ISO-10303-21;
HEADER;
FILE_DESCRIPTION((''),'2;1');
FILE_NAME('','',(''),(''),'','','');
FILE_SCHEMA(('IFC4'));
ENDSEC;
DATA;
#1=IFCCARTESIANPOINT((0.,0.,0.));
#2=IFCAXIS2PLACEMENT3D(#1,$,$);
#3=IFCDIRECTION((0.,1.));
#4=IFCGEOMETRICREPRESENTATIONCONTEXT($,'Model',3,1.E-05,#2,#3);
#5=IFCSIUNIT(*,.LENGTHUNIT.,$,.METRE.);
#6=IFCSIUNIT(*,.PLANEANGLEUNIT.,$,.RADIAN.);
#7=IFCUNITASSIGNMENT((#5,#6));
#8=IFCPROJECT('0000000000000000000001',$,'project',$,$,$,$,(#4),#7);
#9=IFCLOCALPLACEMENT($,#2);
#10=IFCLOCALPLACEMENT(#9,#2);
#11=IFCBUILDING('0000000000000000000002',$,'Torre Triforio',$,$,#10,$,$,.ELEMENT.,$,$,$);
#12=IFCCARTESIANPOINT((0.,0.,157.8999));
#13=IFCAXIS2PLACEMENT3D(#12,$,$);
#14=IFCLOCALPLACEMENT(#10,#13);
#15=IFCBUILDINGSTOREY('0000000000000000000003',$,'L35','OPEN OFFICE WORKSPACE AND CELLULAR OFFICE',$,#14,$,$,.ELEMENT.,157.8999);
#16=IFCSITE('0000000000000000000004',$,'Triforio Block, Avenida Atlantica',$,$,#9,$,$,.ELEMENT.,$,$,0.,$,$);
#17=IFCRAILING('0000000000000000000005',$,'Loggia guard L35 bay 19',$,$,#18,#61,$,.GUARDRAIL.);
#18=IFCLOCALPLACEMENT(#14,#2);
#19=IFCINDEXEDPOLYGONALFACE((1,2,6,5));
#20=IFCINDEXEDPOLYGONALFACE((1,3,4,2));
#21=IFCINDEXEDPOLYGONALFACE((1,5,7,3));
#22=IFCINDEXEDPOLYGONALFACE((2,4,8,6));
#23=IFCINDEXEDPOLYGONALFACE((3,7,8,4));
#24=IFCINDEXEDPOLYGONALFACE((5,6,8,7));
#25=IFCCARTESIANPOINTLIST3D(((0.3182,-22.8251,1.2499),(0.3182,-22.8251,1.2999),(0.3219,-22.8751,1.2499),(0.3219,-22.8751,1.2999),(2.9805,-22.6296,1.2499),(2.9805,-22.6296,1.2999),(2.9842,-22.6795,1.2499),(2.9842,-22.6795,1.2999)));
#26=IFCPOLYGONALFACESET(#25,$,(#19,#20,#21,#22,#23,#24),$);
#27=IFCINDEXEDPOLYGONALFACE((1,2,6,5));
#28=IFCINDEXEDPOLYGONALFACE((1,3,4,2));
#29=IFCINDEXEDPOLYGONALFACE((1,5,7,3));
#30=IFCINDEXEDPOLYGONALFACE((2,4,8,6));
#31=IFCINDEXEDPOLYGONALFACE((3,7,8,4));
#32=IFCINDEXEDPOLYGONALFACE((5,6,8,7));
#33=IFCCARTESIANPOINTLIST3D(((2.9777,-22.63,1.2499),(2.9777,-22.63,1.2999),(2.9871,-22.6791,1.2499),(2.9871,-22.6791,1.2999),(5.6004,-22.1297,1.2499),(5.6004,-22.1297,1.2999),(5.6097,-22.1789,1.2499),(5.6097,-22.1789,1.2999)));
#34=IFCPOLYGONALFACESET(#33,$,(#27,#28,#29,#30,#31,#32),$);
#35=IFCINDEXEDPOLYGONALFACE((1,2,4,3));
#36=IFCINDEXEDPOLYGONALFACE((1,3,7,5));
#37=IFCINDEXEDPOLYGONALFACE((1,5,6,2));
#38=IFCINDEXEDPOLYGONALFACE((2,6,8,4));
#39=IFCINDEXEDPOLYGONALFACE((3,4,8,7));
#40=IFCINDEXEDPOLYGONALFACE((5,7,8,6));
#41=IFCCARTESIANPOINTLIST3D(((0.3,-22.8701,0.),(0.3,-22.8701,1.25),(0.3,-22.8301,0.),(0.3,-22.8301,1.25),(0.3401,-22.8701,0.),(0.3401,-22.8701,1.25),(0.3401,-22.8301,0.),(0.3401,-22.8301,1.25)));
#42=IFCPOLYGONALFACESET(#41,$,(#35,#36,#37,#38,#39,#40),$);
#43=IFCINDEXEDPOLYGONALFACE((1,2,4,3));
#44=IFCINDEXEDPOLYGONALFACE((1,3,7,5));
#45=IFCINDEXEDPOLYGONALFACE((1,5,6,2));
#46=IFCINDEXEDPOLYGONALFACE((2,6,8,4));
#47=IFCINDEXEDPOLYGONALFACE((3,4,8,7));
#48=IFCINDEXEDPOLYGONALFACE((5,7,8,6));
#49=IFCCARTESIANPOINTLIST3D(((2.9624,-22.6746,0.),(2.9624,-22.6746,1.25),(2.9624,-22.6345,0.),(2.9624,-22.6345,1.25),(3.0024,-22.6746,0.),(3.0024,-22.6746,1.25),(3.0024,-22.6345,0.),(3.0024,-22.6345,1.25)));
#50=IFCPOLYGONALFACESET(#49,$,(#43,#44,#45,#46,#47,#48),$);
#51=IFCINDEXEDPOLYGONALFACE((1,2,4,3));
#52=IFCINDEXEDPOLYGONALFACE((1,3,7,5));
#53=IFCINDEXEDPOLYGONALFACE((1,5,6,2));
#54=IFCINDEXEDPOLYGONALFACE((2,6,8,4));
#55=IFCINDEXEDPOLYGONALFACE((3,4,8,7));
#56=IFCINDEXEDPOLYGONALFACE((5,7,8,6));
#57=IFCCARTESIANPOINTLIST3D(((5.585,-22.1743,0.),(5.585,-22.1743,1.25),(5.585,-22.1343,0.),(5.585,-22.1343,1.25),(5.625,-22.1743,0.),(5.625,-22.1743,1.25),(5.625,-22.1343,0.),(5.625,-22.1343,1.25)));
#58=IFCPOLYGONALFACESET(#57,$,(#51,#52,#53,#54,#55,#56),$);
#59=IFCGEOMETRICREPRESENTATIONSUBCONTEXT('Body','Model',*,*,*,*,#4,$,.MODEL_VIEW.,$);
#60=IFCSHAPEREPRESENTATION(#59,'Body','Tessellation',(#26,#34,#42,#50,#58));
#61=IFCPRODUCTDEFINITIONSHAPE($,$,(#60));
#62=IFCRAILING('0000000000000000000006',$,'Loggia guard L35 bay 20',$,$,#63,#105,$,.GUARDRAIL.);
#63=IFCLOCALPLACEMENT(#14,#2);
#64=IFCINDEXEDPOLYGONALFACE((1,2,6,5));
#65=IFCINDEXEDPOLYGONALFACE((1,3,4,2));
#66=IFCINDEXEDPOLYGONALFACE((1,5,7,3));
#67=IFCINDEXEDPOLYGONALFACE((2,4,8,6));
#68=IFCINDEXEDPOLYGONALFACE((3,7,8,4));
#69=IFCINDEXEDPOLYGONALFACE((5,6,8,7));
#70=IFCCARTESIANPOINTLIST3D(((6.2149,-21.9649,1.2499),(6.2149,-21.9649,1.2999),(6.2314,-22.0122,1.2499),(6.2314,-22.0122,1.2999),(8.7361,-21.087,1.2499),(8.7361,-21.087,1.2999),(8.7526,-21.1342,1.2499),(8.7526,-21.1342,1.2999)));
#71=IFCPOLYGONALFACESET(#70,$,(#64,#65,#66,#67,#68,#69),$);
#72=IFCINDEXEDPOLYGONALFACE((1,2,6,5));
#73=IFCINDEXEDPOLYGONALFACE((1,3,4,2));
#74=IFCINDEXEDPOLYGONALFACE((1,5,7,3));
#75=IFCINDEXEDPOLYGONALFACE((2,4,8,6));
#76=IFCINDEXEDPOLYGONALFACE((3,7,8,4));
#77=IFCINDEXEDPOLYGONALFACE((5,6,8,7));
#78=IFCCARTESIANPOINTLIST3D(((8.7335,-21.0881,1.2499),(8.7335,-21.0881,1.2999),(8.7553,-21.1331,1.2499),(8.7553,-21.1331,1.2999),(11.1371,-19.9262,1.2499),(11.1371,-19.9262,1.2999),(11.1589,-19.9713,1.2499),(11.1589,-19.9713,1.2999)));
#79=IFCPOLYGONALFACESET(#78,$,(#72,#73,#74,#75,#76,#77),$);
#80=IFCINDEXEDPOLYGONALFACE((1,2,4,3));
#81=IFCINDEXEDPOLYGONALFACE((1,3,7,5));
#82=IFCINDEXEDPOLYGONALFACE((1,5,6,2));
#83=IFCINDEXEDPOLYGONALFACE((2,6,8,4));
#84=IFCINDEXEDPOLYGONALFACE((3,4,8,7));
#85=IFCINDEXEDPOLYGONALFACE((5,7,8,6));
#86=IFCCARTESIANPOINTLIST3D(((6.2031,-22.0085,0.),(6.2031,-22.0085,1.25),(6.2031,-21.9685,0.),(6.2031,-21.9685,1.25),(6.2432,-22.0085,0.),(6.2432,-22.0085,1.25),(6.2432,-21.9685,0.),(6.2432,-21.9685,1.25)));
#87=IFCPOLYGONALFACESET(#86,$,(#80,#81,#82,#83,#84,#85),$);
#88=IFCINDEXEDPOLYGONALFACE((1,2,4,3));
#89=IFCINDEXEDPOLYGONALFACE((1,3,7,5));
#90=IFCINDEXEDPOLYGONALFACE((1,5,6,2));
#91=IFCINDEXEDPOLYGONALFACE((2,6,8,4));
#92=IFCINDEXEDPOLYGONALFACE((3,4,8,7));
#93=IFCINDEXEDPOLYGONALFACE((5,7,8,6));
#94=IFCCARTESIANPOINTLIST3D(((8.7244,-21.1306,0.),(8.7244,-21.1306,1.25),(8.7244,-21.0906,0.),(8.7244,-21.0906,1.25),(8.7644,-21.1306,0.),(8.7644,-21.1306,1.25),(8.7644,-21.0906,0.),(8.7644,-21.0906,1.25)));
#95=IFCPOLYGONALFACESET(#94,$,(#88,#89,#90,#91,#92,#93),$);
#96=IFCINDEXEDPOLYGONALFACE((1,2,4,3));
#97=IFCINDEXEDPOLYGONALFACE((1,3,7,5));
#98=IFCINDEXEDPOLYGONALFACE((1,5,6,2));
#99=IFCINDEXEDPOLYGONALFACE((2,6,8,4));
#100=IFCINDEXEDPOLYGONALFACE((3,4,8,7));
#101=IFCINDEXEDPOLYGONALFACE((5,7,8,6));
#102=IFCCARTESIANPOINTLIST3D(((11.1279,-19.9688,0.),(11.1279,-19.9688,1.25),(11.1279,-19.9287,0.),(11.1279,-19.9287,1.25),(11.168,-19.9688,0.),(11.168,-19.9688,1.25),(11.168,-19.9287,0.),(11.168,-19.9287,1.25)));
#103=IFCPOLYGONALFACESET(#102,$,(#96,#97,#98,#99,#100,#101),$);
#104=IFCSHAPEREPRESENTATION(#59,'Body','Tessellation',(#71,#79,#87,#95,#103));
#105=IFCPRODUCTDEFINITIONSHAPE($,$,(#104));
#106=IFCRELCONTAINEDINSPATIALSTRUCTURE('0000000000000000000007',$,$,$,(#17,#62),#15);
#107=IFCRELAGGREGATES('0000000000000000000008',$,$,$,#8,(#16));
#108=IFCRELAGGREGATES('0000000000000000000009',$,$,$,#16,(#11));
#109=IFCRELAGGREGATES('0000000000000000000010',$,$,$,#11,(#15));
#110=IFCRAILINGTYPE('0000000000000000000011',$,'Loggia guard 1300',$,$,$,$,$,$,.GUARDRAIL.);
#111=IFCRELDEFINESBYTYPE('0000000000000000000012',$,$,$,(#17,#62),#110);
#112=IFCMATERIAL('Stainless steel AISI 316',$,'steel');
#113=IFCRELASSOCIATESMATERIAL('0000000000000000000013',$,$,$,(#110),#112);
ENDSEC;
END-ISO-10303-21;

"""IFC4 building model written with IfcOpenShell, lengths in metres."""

from ifc_helpers import new_model, si_unit, direction, frame, origin, origin_2d, place, context, subcontext, project, spatial, rectangle, extrude, material, type_object, element, save


model = new_model("IFC4")

# Units and contexts
model_context = context("Model", 3, precision=1e-05, world=origin(), true_north=direction((0.0, 1.0)))
body_context = subcontext(model_context, "Body", "Model", "MODEL_VIEW")
ifc_project = project(units=[si_unit("LENGTHUNIT", "METRE"), si_unit("PLANEANGLEUNIT", "RADIAN")], contexts=[model_context])

# Site, building, storey
site_placement = place(None, origin())
site = spatial("IfcSite", under=ifc_project, at=site_placement, Name="Triforio Block, Avenida Atlantica", CompositionType="ELEMENT", RefElevation=0.0)
building_placement = place(site_placement, origin())
building = spatial("IfcBuilding", under=site, at=building_placement, Name="Torre Triforio", CompositionType="ELEMENT")
storey_placement = place(building_placement, frame((0.0, 0.0, 157.8999)))
storey = spatial("IfcBuildingStorey", under=building, at=storey_placement, Name="L35", Description="OPEN OFFICE WORKSPACE AND CELLULAR OFFICE", CompositionType="ELEMENT", Elevation=157.8999)

# Railings
ifc_material_1 = material(Name="Stainless steel AISI 316", Category="steel")
railing_type = type_object("IfcRailingType", Name="Loggia guard 1300", PredefinedType="GUARDRAIL", material=ifc_material_1)
railing_1_placement = place(storey_placement, frame((0.3201, -22.8501, 0.0)))
element("IfcRailing", 1, at=railing_1_placement, inside=storey, type_object=railing_type, Name="Loggia guard L35 bay 19", PredefinedType="GUARDRAIL", context=body_context, shape_type="SweptSolid", body=[
    extrude(rectangle(XDim=0.05, YDim=0.05, at=origin_2d()), frame((0.0, 0.0, 1.2749), z_axis=(0.997313, 0.073255, 0.0), x_axis=(-0.073255, 0.997313, 0.0)), (0.0, 0.0, 1.0), 2.6694),
    extrude(rectangle(XDim=0.05, YDim=0.05, at=origin_2d()), frame((2.6624, 0.1956, 1.2749), z_axis=(0.98229, 0.187368, 0.0), x_axis=(-0.187368, 0.98229, 0.0)), (0.0, 0.0, 1.0), 2.6699),
    extrude(rectangle(XDim=0.04, YDim=0.04, at=origin_2d()), origin(), (0.0, 0.0, 1.0), 1.25),
    extrude(rectangle(XDim=0.04, YDim=0.04, at=origin_2d()), frame((2.6624, 0.1956, 0.0)), (0.0, 0.0, 1.0), 1.25),
    extrude(rectangle(XDim=0.04, YDim=0.04, at=origin_2d()), frame((5.2849, 0.6958, 0.0)), (0.0, 0.0, 1.0), 1.25),
])
railing_2_placement = place(storey_placement, frame((6.2231, -21.9885, 0.0)))
element("IfcRailing", 2, at=railing_2_placement, inside=storey, type_object=railing_type, Name="Loggia guard L35 bay 20", PredefinedType="GUARDRAIL", context=body_context, shape_type="SweptSolid", body=[
    extrude(rectangle(XDim=0.05, YDim=0.05, at=origin_2d()), frame((0.0, 0.0, 1.2749), z_axis=(0.944383, 0.328847, 0.0), x_axis=(-0.328847, 0.944383, 0.0)), (0.0, 0.0, 1.0), 2.6697),
    extrude(rectangle(XDim=0.05, YDim=0.05, at=origin_2d()), frame((2.5212, 0.8779, 1.2749), z_axis=(0.900328, 0.435212, 0.0), x_axis=(-0.435212, 0.900328, 0.0)), (0.0, 0.0, 1.0), 2.6697),
    extrude(rectangle(XDim=0.04, YDim=0.04, at=origin_2d()), origin(), (0.0, 0.0, 1.0), 1.25),
    extrude(rectangle(XDim=0.04, YDim=0.04, at=origin_2d()), frame((2.5212, 0.8779, 0.0)), (0.0, 0.0, 1.0), 1.25),
    extrude(rectangle(XDim=0.04, YDim=0.04, at=origin_2d()), frame((4.9248, 2.0398, 0.0)), (0.0, 0.0, 1.0), 1.25),
])

save(model, "model.ifc")
